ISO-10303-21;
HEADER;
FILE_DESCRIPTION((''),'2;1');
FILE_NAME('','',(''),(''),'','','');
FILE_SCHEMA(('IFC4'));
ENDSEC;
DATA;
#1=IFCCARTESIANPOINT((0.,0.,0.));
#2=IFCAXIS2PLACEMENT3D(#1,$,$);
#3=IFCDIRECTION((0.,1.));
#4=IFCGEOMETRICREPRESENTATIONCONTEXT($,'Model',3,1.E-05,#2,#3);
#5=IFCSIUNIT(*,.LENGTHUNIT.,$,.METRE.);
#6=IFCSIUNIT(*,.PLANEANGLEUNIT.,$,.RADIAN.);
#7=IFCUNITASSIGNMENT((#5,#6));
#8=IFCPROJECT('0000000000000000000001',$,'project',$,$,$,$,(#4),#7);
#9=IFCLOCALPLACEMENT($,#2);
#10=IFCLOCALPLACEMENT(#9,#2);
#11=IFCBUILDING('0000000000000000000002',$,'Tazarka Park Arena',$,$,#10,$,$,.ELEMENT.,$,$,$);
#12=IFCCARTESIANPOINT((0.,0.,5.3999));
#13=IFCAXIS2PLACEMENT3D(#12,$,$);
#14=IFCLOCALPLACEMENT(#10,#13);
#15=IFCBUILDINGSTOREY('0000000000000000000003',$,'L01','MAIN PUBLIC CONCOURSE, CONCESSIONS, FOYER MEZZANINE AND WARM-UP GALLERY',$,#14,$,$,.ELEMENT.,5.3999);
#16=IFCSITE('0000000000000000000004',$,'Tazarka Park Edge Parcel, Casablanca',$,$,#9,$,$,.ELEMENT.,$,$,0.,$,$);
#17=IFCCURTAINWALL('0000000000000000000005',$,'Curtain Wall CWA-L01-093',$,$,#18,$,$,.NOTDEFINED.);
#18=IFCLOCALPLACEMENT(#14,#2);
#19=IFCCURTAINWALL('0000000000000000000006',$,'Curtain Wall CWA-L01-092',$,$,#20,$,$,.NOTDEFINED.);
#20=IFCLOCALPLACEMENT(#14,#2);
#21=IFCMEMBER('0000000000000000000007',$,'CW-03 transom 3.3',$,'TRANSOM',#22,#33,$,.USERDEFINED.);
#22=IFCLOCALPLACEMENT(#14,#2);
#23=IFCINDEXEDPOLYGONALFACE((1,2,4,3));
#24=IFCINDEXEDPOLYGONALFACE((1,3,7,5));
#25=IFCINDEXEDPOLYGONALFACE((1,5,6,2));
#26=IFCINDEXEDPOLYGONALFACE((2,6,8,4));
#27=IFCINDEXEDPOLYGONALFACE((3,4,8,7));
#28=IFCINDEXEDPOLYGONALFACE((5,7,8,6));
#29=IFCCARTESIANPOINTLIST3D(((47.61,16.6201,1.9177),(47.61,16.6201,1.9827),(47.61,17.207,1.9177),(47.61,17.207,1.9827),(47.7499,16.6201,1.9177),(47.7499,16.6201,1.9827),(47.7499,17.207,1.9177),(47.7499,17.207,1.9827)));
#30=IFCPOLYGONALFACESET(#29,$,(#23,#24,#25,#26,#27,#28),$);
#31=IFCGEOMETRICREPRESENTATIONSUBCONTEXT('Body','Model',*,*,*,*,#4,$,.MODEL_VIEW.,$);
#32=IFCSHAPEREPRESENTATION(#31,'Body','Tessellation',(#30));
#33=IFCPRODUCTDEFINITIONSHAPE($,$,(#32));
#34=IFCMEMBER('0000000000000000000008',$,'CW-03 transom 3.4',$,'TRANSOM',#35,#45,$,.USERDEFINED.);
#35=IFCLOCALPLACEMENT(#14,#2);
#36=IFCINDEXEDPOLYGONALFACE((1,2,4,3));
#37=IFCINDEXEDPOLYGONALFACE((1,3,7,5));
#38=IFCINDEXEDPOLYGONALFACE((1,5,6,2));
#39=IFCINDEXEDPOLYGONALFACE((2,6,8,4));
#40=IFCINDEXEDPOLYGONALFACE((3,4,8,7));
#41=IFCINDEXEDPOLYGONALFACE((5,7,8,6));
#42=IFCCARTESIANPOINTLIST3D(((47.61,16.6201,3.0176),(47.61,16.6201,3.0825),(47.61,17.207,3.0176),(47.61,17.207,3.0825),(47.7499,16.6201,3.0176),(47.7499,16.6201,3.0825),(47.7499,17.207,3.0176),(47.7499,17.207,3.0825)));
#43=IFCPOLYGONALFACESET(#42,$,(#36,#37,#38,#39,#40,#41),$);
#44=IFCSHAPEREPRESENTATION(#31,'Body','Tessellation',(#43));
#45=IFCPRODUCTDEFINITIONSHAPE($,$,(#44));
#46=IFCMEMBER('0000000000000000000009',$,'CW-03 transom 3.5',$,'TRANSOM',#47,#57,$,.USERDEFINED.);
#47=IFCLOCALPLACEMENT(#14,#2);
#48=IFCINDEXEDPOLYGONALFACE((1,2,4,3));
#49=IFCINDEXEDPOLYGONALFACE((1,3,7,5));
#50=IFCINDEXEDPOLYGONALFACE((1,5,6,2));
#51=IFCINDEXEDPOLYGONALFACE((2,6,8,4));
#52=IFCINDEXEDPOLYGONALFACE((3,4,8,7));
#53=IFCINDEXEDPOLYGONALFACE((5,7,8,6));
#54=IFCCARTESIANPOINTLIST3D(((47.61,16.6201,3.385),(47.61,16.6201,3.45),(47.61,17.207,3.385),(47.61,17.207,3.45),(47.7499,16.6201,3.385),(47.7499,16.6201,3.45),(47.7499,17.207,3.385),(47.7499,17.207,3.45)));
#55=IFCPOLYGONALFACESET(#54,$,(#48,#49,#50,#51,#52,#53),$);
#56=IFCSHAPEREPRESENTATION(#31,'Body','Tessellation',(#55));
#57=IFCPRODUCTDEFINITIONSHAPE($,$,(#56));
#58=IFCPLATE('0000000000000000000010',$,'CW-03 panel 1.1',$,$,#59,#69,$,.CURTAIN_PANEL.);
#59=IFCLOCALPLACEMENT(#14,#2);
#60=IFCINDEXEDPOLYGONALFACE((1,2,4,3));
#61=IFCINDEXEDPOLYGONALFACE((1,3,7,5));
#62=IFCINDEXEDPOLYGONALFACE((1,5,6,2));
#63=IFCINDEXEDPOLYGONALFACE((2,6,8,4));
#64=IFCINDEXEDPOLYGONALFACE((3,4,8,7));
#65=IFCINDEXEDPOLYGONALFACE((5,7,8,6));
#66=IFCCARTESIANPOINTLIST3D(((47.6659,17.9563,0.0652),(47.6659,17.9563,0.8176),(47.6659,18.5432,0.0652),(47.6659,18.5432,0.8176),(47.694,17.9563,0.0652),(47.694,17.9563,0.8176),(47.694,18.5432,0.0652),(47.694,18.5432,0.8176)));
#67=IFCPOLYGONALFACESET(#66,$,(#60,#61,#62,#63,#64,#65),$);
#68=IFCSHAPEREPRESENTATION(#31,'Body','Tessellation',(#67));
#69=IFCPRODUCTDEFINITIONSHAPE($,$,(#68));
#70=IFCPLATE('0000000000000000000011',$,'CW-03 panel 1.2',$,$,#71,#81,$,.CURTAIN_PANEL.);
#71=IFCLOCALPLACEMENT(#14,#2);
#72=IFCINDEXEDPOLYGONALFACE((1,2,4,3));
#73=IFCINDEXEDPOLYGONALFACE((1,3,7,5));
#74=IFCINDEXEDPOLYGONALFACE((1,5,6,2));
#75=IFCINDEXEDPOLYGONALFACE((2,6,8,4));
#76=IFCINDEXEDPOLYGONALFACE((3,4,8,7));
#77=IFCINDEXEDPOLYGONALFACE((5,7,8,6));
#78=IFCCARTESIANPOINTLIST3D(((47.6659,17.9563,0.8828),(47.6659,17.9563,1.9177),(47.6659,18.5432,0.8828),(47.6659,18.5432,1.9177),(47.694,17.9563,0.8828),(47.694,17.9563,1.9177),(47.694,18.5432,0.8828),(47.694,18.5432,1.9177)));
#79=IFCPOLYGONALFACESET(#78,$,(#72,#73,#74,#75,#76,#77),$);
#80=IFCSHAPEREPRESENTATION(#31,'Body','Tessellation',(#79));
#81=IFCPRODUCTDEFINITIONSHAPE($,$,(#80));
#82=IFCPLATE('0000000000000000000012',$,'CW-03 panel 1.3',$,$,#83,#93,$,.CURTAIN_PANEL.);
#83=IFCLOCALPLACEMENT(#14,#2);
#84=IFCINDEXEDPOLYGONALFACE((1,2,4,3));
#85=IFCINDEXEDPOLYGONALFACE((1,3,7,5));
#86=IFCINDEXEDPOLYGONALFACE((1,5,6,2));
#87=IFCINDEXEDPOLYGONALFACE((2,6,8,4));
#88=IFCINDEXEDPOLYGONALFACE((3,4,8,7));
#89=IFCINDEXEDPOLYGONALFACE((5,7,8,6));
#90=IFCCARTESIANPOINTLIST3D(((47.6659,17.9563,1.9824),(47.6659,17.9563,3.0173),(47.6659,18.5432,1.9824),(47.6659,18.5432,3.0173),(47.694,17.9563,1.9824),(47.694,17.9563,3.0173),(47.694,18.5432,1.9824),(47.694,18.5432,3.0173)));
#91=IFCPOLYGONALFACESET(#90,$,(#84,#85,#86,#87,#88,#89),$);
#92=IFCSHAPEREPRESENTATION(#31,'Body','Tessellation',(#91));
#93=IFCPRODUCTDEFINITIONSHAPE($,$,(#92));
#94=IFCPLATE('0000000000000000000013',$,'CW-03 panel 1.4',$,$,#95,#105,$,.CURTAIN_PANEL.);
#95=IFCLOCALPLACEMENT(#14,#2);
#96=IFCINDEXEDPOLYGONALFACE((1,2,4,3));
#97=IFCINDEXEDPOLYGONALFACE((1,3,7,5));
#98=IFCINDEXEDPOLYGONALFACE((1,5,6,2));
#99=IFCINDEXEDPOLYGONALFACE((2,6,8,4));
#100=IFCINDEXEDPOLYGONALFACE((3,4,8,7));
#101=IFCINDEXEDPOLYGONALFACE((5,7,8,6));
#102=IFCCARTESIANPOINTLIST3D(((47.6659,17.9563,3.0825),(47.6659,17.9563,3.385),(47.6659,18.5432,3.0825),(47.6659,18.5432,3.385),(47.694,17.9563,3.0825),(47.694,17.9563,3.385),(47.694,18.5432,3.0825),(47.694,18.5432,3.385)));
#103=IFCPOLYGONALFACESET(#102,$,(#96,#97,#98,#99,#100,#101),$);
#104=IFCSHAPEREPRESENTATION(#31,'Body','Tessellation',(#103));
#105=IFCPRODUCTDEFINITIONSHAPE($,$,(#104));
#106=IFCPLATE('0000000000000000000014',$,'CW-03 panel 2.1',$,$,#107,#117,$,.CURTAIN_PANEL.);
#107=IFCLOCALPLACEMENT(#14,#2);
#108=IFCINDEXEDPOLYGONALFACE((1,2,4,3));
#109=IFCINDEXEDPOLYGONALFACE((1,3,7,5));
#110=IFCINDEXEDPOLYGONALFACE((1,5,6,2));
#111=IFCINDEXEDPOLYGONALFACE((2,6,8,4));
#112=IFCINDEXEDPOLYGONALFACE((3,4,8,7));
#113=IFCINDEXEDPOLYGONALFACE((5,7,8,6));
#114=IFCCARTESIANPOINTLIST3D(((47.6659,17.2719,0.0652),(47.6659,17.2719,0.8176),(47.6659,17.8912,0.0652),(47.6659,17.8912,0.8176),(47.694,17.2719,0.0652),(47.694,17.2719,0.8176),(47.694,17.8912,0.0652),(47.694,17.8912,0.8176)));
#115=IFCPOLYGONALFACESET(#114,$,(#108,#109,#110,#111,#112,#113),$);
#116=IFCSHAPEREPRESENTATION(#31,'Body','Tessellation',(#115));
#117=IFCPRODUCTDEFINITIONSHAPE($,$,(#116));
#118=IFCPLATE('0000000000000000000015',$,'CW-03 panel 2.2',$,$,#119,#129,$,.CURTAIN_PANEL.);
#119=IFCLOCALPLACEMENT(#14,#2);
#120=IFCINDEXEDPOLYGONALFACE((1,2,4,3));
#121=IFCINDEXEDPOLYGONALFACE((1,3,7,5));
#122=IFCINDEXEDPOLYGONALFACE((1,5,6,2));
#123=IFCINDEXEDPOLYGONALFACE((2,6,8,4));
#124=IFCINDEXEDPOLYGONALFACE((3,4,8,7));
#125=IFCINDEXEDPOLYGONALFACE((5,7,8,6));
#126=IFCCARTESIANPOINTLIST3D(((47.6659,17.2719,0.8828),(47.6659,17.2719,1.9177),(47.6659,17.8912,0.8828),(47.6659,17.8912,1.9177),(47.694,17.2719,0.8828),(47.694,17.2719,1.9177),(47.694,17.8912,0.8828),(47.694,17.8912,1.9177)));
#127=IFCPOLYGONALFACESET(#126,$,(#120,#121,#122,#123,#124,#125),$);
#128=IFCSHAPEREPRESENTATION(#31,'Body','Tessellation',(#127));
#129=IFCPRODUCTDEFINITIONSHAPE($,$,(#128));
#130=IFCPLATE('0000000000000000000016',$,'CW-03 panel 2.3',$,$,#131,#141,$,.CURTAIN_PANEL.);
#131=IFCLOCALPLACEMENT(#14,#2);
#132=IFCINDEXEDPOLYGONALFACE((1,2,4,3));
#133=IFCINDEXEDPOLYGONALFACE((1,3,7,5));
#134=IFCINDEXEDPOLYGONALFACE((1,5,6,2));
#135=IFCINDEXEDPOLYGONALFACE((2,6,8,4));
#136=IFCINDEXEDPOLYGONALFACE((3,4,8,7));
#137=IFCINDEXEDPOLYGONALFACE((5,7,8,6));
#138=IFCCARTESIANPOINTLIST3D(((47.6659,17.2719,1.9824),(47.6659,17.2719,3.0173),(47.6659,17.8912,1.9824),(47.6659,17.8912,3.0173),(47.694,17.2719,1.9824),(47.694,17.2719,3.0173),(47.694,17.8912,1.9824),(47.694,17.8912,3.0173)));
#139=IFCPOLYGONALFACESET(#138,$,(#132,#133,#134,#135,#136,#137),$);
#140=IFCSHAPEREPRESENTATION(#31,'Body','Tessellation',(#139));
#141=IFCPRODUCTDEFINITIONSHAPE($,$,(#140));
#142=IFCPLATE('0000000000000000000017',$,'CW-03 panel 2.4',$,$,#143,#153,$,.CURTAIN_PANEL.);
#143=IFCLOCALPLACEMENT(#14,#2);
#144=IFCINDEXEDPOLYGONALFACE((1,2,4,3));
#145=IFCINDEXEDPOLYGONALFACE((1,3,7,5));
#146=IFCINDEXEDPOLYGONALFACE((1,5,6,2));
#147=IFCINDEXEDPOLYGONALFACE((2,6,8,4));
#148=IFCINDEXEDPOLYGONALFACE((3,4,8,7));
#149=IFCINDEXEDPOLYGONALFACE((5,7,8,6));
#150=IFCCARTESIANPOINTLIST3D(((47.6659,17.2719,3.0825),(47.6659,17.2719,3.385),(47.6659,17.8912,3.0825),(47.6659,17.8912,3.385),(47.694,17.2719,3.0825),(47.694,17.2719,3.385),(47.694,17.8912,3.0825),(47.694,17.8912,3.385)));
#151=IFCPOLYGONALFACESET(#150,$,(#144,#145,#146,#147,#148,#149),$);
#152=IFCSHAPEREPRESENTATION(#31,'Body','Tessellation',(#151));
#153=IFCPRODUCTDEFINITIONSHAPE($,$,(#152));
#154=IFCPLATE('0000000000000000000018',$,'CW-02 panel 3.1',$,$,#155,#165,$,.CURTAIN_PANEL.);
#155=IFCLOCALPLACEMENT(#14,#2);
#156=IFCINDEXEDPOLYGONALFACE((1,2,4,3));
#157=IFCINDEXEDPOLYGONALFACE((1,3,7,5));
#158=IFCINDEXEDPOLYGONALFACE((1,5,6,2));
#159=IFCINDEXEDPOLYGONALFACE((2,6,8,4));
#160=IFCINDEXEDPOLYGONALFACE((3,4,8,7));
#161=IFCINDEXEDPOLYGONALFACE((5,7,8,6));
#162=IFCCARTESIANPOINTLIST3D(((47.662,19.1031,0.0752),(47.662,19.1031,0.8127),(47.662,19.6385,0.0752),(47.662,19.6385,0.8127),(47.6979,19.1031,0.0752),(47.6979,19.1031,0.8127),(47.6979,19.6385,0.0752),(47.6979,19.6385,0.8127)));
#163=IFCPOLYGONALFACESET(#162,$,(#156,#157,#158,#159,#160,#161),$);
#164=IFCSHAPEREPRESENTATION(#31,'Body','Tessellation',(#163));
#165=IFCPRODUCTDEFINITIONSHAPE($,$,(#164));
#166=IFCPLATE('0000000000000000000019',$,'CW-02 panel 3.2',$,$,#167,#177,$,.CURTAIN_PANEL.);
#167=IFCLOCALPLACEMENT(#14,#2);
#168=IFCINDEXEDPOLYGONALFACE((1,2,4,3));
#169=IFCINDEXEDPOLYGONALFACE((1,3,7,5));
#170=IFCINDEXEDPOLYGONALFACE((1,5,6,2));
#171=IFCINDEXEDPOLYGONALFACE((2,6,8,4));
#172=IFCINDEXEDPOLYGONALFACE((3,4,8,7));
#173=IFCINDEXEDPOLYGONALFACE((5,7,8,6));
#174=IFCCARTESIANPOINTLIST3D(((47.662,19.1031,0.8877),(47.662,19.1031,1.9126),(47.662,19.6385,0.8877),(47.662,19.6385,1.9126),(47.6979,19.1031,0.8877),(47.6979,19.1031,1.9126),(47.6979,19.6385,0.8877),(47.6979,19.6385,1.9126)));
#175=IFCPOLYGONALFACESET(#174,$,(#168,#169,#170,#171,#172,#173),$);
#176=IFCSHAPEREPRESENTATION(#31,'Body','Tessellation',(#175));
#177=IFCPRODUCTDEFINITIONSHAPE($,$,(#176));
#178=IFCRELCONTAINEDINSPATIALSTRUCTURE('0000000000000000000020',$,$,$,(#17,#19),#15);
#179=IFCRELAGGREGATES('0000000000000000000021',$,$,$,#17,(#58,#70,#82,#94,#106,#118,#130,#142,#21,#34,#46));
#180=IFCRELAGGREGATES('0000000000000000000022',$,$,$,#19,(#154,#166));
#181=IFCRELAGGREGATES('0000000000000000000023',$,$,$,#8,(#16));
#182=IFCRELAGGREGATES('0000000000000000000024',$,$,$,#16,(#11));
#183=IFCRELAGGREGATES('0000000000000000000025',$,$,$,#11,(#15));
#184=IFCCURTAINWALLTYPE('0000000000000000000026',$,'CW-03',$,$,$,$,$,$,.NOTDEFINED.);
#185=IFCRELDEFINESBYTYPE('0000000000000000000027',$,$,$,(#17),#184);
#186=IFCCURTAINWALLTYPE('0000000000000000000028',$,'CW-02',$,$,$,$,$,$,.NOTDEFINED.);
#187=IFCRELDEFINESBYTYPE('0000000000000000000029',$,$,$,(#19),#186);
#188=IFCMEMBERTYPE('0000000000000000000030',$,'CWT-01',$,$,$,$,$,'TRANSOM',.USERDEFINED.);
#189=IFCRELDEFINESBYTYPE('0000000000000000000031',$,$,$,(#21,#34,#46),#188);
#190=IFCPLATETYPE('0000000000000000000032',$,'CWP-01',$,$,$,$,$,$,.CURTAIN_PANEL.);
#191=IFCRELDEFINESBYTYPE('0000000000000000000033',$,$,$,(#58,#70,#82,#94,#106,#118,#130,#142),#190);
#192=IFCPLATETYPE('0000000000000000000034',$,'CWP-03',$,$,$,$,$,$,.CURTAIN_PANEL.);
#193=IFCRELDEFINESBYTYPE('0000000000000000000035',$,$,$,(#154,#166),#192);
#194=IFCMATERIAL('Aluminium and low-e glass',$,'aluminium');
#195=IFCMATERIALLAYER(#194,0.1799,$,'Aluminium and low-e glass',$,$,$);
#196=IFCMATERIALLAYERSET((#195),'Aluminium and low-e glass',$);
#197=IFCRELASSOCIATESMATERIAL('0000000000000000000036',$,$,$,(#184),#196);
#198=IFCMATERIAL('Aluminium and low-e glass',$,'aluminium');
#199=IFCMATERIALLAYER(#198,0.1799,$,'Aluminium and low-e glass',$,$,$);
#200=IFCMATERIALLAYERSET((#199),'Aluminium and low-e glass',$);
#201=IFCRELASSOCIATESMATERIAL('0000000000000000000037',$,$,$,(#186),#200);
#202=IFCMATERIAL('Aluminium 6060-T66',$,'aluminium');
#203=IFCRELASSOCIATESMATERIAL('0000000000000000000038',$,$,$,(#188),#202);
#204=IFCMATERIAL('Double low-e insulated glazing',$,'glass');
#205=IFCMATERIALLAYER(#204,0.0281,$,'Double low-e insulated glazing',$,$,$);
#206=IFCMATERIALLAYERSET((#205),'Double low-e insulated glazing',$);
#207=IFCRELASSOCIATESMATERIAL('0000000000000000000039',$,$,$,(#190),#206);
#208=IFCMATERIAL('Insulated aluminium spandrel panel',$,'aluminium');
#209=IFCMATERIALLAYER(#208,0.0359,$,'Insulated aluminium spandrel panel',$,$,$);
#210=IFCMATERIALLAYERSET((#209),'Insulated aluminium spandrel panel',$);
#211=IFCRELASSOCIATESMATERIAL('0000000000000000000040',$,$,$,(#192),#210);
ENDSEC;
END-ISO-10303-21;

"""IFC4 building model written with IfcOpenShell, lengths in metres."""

from ifc_helpers import new_model, si_unit, direction, frame, origin, origin_2d, place, context, subcontext, project, spatial, rectangle, extrude, material, layer, layer_set, material_profile, profile_set, type_object, element, aggregate, save


model = new_model("IFC4")

# Units and contexts
model_context = context("Model", 3, precision=1e-05, world=origin(), true_north=direction((0.0, 1.0)))
body_context = subcontext(model_context, "Body", "Model", "MODEL_VIEW")
ifc_project = project(units=[si_unit("LENGTHUNIT", "METRE"), si_unit("PLANEANGLEUNIT", "RADIAN")], contexts=[model_context])

# Site, building, storey
site_placement = place(None, origin())
site = spatial("IfcSite", under=ifc_project, at=site_placement, Name="Tazarka Park Edge Parcel, Casablanca", CompositionType="ELEMENT", RefElevation=0.0)
building_placement = place(site_placement, origin())
building = spatial("IfcBuilding", under=site, at=building_placement, Name="Tazarka Park Arena", CompositionType="ELEMENT")
storey_placement = place(building_placement, frame((0.0, 0.0, 5.3999)))
storey = spatial("IfcBuildingStorey", under=building, at=storey_placement, Name="L01", Description="MAIN PUBLIC CONCOURSE, CONCESSIONS, FOYER MEZZANINE AND WARM-UP GALLERY", CompositionType="ELEMENT", Elevation=5.3999)

# Curtain wall
ifc_material_1 = material(Name="Aluminium and low-e glass", Category="aluminium")
ifc_layer_1 = layer(ifc_material_1, 0.1799, Name="Aluminium and low-e glass")
ifc_layer_set_1 = layer_set([ifc_layer_1], Name="Aluminium and low-e glass")
curtain_wall_type_1 = type_object("IfcCurtainWallType", Name="CW-03", PredefinedType="NOTDEFINED", material=ifc_layer_set_1)
curtain_wall_1_placement = place(storey_placement, origin())
curtain_wall_1 = element("IfcCurtainWall", 1, at=curtain_wall_1_placement, inside=storey, type_object=curtain_wall_type_1, Name="Curtain Wall CWA-L01-093", PredefinedType="NOTDEFINED")

# Curtain wall
ifc_material_2 = material(Name="Aluminium and low-e glass", Category="aluminium")
ifc_layer_2 = layer(ifc_material_2, 0.1799, Name="Aluminium and low-e glass")
ifc_layer_set_2 = layer_set([ifc_layer_2], Name="Aluminium and low-e glass")
curtain_wall_type_2 = type_object("IfcCurtainWallType", Name="CW-02", PredefinedType="NOTDEFINED", material=ifc_layer_set_2)
curtain_wall_2_placement = place(storey_placement, origin())
curtain_wall_2 = element("IfcCurtainWall", 2, at=curtain_wall_2_placement, inside=storey, type_object=curtain_wall_type_2, Name="Curtain Wall CWA-L01-092", PredefinedType="NOTDEFINED")

# Members
ifc_material_3 = material(Name="Aluminium 6060-T66", Category="aluminium")
ifc_material_profile_1 = material_profile(ifc_material_3, rectangle(XDim=0.1399, YDim=0.0649, at=origin_2d()), Name="Aluminium 6060-T66")
ifc_profile_set_1 = profile_set([ifc_material_profile_1], Name="Aluminium 6060-T66")
member_type_1 = type_object("IfcMemberType", Name="CWT-01", ElementType="TRANSOM", PredefinedType="USERDEFINED", material=ifc_profile_set_1)
member_1_placement = place(storey_placement, frame((47.6799, 17.207, 1.9502), z_axis=(0.0, -1.0, 0.0), x_axis=(1.0, 0.0, 0.0)))
member_1 = element("IfcMember", 3, at=member_1_placement, type_object=member_type_1, Name="CW-03 transom 3.3", ObjectType="TRANSOM", PredefinedType="USERDEFINED", context=body_context, shape_type="SweptSolid", body=[
    extrude(rectangle(XDim=0.1399, YDim=0.0649, at=origin_2d()), origin(), (0.0, 0.0, 1.0), 0.5869),
])
member_2_placement = place(storey_placement, frame((47.6799, 17.207, 3.05), z_axis=(0.0, -1.0, 0.0), x_axis=(1.0, 0.0, 0.0)))
member_2 = element("IfcMember", 4, at=member_2_placement, type_object=member_type_1, Name="CW-03 transom 3.4", ObjectType="TRANSOM", PredefinedType="USERDEFINED", context=body_context, shape_type="SweptSolid", body=[
    extrude(rectangle(XDim=0.1399, YDim=0.0649, at=origin_2d()), origin(), (0.0, 0.0, 1.0), 0.5869),
])
member_3_placement = place(storey_placement, frame((47.6799, 17.207, 3.4175), z_axis=(0.0, -1.0, 0.0), x_axis=(1.0, 0.0, 0.0)))
member_3 = element("IfcMember", 5, at=member_3_placement, type_object=member_type_1, Name="CW-03 transom 3.5", ObjectType="TRANSOM", PredefinedType="USERDEFINED", context=body_context, shape_type="SweptSolid", body=[
    extrude(rectangle(XDim=0.1399, YDim=0.0649, at=origin_2d()), origin(), (0.0, 0.0, 1.0), 0.5869),
])

# Plates
ifc_material_4 = material(Name="Double low-e insulated glazing", Category="glass")
ifc_layer_3 = layer(ifc_material_4, 0.0281, Name="Double low-e insulated glazing")
ifc_layer_set_3 = layer_set([ifc_layer_3], Name="Double low-e insulated glazing")
plate_type_1 = type_object("IfcPlateType", Name="CWP-01", PredefinedType="CURTAIN_PANEL", material=ifc_layer_set_3)
plate_1_placement = place(storey_placement, frame((47.6799, 18.2498, 0.0652), z_axis=(0.0, 0.0, 1.0), x_axis=(0.0, -1.0, 0.0)))
plate_1 = element("IfcPlate", 6, at=plate_1_placement, type_object=plate_type_1, Name="CW-03 panel 1.1", PredefinedType="CURTAIN_PANEL", context=body_context, shape_type="SweptSolid", body=[
    extrude(rectangle(XDim=0.5869, YDim=0.0281, at=origin_2d()), origin(), (0.0, 0.0, 1.0), 0.7524),
])
plate_2_placement = place(storey_placement, frame((47.6799, 18.2498, 0.8828), z_axis=(0.0, 0.0, 1.0), x_axis=(0.0, -1.0, 0.0)))
plate_2 = element("IfcPlate", 7, at=plate_2_placement, type_object=plate_type_1, Name="CW-03 panel 1.2", PredefinedType="CURTAIN_PANEL", context=body_context, shape_type="SweptSolid", body=[
    extrude(rectangle(XDim=0.5869, YDim=0.0281, at=origin_2d()), origin(), (0.0, 0.0, 1.0), 1.0349),
])
plate_3_placement = place(storey_placement, frame((47.6799, 18.2498, 1.9824), z_axis=(0.0, 0.0, 1.0), x_axis=(0.0, -1.0, 0.0)))
plate_3 = element("IfcPlate", 8, at=plate_3_placement, type_object=plate_type_1, Name="CW-03 panel 1.3", PredefinedType="CURTAIN_PANEL", context=body_context, shape_type="SweptSolid", body=[
    extrude(rectangle(XDim=0.5869, YDim=0.0281, at=origin_2d()), origin(), (0.0, 0.0, 1.0), 1.0349),
])
plate_4_placement = place(storey_placement, frame((47.6799, 18.2498, 3.0825), z_axis=(0.0, 0.0, 1.0), x_axis=(0.0, -1.0, 0.0)))
plate_4 = element("IfcPlate", 9, at=plate_4_placement, type_object=plate_type_1, Name="CW-03 panel 1.4", PredefinedType="CURTAIN_PANEL", context=body_context, shape_type="SweptSolid", body=[
    extrude(rectangle(XDim=0.5869, YDim=0.0281, at=origin_2d()), origin(), (0.0, 0.0, 1.0), 0.3025),
])
plate_5_placement = place(storey_placement, frame((47.6799, 17.5815, 0.0652), z_axis=(0.0, 0.0, 1.0), x_axis=(0.0, -1.0, 0.0)))
plate_5 = element("IfcPlate", 10, at=plate_5_placement, type_object=plate_type_1, Name="CW-03 panel 2.1", PredefinedType="CURTAIN_PANEL", context=body_context, shape_type="SweptSolid", body=[
    extrude(rectangle(XDim=0.6194, YDim=0.0281, at=origin_2d()), origin(), (0.0, 0.0, 1.0), 0.7524),
])
plate_6_placement = place(storey_placement, frame((47.6799, 17.5815, 0.8828), z_axis=(0.0, 0.0, 1.0), x_axis=(0.0, -1.0, 0.0)))
plate_6 = element("IfcPlate", 11, at=plate_6_placement, type_object=plate_type_1, Name="CW-03 panel 2.2", PredefinedType="CURTAIN_PANEL", context=body_context, shape_type="SweptSolid", body=[
    extrude(rectangle(XDim=0.6194, YDim=0.0281, at=origin_2d()), origin(), (0.0, 0.0, 1.0), 1.0349),
])
plate_7_placement = place(storey_placement, frame((47.6799, 17.5815, 1.9824), z_axis=(0.0, 0.0, 1.0), x_axis=(0.0, -1.0, 0.0)))
plate_7 = element("IfcPlate", 12, at=plate_7_placement, type_object=plate_type_1, Name="CW-03 panel 2.3", PredefinedType="CURTAIN_PANEL", context=body_context, shape_type="SweptSolid", body=[
    extrude(rectangle(XDim=0.6194, YDim=0.0281, at=origin_2d()), origin(), (0.0, 0.0, 1.0), 1.0349),
])
plate_8_placement = place(storey_placement, frame((47.6799, 17.5815, 3.0825), z_axis=(0.0, 0.0, 1.0), x_axis=(0.0, -1.0, 0.0)))
plate_8 = element("IfcPlate", 13, at=plate_8_placement, type_object=plate_type_1, Name="CW-03 panel 2.4", PredefinedType="CURTAIN_PANEL", context=body_context, shape_type="SweptSolid", body=[
    extrude(rectangle(XDim=0.6194, YDim=0.0281, at=origin_2d()), origin(), (0.0, 0.0, 1.0), 0.3025),
])
aggregate(curtain_wall_1, [plate_1, plate_2, plate_3, plate_4, plate_5, plate_6, plate_7, plate_8, member_1, member_2, member_3])
ifc_material_5 = material(Name="Insulated aluminium spandrel panel", Category="aluminium")
ifc_layer_4 = layer(ifc_material_5, 0.0359, Name="Insulated aluminium spandrel panel")
ifc_layer_set_4 = layer_set([ifc_layer_4], Name="Insulated aluminium spandrel panel")
plate_type_2 = type_object("IfcPlateType", Name="CWP-03", PredefinedType="CURTAIN_PANEL", material=ifc_layer_set_4)
plate_9_placement = place(storey_placement, frame((47.6799, 19.3708, 0.0752), z_axis=(0.0, 0.0, 1.0), x_axis=(0.0, -1.0, 0.0)))
plate_9 = element("IfcPlate", 14, at=plate_9_placement, type_object=plate_type_2, Name="CW-02 panel 3.1", PredefinedType="CURTAIN_PANEL", context=body_context, shape_type="SweptSolid", body=[
    extrude(rectangle(XDim=0.5354, YDim=0.0359, at=origin_2d()), origin(), (0.0, 0.0, 1.0), 0.7375),
])
plate_10_placement = place(storey_placement, frame((47.6799, 19.3708, 0.8877), z_axis=(0.0, 0.0, 1.0), x_axis=(0.0, -1.0, 0.0)))
plate_10 = element("IfcPlate", 15, at=plate_10_placement, type_object=plate_type_2, Name="CW-02 panel 3.2", PredefinedType="CURTAIN_PANEL", context=body_context, shape_type="SweptSolid", body=[
    extrude(rectangle(XDim=0.5354, YDim=0.0359, at=origin_2d()), origin(), (0.0, 0.0, 1.0), 1.0249),
])
aggregate(curtain_wall_2, [plate_9, plate_10])

save(model, "model.ifc")
